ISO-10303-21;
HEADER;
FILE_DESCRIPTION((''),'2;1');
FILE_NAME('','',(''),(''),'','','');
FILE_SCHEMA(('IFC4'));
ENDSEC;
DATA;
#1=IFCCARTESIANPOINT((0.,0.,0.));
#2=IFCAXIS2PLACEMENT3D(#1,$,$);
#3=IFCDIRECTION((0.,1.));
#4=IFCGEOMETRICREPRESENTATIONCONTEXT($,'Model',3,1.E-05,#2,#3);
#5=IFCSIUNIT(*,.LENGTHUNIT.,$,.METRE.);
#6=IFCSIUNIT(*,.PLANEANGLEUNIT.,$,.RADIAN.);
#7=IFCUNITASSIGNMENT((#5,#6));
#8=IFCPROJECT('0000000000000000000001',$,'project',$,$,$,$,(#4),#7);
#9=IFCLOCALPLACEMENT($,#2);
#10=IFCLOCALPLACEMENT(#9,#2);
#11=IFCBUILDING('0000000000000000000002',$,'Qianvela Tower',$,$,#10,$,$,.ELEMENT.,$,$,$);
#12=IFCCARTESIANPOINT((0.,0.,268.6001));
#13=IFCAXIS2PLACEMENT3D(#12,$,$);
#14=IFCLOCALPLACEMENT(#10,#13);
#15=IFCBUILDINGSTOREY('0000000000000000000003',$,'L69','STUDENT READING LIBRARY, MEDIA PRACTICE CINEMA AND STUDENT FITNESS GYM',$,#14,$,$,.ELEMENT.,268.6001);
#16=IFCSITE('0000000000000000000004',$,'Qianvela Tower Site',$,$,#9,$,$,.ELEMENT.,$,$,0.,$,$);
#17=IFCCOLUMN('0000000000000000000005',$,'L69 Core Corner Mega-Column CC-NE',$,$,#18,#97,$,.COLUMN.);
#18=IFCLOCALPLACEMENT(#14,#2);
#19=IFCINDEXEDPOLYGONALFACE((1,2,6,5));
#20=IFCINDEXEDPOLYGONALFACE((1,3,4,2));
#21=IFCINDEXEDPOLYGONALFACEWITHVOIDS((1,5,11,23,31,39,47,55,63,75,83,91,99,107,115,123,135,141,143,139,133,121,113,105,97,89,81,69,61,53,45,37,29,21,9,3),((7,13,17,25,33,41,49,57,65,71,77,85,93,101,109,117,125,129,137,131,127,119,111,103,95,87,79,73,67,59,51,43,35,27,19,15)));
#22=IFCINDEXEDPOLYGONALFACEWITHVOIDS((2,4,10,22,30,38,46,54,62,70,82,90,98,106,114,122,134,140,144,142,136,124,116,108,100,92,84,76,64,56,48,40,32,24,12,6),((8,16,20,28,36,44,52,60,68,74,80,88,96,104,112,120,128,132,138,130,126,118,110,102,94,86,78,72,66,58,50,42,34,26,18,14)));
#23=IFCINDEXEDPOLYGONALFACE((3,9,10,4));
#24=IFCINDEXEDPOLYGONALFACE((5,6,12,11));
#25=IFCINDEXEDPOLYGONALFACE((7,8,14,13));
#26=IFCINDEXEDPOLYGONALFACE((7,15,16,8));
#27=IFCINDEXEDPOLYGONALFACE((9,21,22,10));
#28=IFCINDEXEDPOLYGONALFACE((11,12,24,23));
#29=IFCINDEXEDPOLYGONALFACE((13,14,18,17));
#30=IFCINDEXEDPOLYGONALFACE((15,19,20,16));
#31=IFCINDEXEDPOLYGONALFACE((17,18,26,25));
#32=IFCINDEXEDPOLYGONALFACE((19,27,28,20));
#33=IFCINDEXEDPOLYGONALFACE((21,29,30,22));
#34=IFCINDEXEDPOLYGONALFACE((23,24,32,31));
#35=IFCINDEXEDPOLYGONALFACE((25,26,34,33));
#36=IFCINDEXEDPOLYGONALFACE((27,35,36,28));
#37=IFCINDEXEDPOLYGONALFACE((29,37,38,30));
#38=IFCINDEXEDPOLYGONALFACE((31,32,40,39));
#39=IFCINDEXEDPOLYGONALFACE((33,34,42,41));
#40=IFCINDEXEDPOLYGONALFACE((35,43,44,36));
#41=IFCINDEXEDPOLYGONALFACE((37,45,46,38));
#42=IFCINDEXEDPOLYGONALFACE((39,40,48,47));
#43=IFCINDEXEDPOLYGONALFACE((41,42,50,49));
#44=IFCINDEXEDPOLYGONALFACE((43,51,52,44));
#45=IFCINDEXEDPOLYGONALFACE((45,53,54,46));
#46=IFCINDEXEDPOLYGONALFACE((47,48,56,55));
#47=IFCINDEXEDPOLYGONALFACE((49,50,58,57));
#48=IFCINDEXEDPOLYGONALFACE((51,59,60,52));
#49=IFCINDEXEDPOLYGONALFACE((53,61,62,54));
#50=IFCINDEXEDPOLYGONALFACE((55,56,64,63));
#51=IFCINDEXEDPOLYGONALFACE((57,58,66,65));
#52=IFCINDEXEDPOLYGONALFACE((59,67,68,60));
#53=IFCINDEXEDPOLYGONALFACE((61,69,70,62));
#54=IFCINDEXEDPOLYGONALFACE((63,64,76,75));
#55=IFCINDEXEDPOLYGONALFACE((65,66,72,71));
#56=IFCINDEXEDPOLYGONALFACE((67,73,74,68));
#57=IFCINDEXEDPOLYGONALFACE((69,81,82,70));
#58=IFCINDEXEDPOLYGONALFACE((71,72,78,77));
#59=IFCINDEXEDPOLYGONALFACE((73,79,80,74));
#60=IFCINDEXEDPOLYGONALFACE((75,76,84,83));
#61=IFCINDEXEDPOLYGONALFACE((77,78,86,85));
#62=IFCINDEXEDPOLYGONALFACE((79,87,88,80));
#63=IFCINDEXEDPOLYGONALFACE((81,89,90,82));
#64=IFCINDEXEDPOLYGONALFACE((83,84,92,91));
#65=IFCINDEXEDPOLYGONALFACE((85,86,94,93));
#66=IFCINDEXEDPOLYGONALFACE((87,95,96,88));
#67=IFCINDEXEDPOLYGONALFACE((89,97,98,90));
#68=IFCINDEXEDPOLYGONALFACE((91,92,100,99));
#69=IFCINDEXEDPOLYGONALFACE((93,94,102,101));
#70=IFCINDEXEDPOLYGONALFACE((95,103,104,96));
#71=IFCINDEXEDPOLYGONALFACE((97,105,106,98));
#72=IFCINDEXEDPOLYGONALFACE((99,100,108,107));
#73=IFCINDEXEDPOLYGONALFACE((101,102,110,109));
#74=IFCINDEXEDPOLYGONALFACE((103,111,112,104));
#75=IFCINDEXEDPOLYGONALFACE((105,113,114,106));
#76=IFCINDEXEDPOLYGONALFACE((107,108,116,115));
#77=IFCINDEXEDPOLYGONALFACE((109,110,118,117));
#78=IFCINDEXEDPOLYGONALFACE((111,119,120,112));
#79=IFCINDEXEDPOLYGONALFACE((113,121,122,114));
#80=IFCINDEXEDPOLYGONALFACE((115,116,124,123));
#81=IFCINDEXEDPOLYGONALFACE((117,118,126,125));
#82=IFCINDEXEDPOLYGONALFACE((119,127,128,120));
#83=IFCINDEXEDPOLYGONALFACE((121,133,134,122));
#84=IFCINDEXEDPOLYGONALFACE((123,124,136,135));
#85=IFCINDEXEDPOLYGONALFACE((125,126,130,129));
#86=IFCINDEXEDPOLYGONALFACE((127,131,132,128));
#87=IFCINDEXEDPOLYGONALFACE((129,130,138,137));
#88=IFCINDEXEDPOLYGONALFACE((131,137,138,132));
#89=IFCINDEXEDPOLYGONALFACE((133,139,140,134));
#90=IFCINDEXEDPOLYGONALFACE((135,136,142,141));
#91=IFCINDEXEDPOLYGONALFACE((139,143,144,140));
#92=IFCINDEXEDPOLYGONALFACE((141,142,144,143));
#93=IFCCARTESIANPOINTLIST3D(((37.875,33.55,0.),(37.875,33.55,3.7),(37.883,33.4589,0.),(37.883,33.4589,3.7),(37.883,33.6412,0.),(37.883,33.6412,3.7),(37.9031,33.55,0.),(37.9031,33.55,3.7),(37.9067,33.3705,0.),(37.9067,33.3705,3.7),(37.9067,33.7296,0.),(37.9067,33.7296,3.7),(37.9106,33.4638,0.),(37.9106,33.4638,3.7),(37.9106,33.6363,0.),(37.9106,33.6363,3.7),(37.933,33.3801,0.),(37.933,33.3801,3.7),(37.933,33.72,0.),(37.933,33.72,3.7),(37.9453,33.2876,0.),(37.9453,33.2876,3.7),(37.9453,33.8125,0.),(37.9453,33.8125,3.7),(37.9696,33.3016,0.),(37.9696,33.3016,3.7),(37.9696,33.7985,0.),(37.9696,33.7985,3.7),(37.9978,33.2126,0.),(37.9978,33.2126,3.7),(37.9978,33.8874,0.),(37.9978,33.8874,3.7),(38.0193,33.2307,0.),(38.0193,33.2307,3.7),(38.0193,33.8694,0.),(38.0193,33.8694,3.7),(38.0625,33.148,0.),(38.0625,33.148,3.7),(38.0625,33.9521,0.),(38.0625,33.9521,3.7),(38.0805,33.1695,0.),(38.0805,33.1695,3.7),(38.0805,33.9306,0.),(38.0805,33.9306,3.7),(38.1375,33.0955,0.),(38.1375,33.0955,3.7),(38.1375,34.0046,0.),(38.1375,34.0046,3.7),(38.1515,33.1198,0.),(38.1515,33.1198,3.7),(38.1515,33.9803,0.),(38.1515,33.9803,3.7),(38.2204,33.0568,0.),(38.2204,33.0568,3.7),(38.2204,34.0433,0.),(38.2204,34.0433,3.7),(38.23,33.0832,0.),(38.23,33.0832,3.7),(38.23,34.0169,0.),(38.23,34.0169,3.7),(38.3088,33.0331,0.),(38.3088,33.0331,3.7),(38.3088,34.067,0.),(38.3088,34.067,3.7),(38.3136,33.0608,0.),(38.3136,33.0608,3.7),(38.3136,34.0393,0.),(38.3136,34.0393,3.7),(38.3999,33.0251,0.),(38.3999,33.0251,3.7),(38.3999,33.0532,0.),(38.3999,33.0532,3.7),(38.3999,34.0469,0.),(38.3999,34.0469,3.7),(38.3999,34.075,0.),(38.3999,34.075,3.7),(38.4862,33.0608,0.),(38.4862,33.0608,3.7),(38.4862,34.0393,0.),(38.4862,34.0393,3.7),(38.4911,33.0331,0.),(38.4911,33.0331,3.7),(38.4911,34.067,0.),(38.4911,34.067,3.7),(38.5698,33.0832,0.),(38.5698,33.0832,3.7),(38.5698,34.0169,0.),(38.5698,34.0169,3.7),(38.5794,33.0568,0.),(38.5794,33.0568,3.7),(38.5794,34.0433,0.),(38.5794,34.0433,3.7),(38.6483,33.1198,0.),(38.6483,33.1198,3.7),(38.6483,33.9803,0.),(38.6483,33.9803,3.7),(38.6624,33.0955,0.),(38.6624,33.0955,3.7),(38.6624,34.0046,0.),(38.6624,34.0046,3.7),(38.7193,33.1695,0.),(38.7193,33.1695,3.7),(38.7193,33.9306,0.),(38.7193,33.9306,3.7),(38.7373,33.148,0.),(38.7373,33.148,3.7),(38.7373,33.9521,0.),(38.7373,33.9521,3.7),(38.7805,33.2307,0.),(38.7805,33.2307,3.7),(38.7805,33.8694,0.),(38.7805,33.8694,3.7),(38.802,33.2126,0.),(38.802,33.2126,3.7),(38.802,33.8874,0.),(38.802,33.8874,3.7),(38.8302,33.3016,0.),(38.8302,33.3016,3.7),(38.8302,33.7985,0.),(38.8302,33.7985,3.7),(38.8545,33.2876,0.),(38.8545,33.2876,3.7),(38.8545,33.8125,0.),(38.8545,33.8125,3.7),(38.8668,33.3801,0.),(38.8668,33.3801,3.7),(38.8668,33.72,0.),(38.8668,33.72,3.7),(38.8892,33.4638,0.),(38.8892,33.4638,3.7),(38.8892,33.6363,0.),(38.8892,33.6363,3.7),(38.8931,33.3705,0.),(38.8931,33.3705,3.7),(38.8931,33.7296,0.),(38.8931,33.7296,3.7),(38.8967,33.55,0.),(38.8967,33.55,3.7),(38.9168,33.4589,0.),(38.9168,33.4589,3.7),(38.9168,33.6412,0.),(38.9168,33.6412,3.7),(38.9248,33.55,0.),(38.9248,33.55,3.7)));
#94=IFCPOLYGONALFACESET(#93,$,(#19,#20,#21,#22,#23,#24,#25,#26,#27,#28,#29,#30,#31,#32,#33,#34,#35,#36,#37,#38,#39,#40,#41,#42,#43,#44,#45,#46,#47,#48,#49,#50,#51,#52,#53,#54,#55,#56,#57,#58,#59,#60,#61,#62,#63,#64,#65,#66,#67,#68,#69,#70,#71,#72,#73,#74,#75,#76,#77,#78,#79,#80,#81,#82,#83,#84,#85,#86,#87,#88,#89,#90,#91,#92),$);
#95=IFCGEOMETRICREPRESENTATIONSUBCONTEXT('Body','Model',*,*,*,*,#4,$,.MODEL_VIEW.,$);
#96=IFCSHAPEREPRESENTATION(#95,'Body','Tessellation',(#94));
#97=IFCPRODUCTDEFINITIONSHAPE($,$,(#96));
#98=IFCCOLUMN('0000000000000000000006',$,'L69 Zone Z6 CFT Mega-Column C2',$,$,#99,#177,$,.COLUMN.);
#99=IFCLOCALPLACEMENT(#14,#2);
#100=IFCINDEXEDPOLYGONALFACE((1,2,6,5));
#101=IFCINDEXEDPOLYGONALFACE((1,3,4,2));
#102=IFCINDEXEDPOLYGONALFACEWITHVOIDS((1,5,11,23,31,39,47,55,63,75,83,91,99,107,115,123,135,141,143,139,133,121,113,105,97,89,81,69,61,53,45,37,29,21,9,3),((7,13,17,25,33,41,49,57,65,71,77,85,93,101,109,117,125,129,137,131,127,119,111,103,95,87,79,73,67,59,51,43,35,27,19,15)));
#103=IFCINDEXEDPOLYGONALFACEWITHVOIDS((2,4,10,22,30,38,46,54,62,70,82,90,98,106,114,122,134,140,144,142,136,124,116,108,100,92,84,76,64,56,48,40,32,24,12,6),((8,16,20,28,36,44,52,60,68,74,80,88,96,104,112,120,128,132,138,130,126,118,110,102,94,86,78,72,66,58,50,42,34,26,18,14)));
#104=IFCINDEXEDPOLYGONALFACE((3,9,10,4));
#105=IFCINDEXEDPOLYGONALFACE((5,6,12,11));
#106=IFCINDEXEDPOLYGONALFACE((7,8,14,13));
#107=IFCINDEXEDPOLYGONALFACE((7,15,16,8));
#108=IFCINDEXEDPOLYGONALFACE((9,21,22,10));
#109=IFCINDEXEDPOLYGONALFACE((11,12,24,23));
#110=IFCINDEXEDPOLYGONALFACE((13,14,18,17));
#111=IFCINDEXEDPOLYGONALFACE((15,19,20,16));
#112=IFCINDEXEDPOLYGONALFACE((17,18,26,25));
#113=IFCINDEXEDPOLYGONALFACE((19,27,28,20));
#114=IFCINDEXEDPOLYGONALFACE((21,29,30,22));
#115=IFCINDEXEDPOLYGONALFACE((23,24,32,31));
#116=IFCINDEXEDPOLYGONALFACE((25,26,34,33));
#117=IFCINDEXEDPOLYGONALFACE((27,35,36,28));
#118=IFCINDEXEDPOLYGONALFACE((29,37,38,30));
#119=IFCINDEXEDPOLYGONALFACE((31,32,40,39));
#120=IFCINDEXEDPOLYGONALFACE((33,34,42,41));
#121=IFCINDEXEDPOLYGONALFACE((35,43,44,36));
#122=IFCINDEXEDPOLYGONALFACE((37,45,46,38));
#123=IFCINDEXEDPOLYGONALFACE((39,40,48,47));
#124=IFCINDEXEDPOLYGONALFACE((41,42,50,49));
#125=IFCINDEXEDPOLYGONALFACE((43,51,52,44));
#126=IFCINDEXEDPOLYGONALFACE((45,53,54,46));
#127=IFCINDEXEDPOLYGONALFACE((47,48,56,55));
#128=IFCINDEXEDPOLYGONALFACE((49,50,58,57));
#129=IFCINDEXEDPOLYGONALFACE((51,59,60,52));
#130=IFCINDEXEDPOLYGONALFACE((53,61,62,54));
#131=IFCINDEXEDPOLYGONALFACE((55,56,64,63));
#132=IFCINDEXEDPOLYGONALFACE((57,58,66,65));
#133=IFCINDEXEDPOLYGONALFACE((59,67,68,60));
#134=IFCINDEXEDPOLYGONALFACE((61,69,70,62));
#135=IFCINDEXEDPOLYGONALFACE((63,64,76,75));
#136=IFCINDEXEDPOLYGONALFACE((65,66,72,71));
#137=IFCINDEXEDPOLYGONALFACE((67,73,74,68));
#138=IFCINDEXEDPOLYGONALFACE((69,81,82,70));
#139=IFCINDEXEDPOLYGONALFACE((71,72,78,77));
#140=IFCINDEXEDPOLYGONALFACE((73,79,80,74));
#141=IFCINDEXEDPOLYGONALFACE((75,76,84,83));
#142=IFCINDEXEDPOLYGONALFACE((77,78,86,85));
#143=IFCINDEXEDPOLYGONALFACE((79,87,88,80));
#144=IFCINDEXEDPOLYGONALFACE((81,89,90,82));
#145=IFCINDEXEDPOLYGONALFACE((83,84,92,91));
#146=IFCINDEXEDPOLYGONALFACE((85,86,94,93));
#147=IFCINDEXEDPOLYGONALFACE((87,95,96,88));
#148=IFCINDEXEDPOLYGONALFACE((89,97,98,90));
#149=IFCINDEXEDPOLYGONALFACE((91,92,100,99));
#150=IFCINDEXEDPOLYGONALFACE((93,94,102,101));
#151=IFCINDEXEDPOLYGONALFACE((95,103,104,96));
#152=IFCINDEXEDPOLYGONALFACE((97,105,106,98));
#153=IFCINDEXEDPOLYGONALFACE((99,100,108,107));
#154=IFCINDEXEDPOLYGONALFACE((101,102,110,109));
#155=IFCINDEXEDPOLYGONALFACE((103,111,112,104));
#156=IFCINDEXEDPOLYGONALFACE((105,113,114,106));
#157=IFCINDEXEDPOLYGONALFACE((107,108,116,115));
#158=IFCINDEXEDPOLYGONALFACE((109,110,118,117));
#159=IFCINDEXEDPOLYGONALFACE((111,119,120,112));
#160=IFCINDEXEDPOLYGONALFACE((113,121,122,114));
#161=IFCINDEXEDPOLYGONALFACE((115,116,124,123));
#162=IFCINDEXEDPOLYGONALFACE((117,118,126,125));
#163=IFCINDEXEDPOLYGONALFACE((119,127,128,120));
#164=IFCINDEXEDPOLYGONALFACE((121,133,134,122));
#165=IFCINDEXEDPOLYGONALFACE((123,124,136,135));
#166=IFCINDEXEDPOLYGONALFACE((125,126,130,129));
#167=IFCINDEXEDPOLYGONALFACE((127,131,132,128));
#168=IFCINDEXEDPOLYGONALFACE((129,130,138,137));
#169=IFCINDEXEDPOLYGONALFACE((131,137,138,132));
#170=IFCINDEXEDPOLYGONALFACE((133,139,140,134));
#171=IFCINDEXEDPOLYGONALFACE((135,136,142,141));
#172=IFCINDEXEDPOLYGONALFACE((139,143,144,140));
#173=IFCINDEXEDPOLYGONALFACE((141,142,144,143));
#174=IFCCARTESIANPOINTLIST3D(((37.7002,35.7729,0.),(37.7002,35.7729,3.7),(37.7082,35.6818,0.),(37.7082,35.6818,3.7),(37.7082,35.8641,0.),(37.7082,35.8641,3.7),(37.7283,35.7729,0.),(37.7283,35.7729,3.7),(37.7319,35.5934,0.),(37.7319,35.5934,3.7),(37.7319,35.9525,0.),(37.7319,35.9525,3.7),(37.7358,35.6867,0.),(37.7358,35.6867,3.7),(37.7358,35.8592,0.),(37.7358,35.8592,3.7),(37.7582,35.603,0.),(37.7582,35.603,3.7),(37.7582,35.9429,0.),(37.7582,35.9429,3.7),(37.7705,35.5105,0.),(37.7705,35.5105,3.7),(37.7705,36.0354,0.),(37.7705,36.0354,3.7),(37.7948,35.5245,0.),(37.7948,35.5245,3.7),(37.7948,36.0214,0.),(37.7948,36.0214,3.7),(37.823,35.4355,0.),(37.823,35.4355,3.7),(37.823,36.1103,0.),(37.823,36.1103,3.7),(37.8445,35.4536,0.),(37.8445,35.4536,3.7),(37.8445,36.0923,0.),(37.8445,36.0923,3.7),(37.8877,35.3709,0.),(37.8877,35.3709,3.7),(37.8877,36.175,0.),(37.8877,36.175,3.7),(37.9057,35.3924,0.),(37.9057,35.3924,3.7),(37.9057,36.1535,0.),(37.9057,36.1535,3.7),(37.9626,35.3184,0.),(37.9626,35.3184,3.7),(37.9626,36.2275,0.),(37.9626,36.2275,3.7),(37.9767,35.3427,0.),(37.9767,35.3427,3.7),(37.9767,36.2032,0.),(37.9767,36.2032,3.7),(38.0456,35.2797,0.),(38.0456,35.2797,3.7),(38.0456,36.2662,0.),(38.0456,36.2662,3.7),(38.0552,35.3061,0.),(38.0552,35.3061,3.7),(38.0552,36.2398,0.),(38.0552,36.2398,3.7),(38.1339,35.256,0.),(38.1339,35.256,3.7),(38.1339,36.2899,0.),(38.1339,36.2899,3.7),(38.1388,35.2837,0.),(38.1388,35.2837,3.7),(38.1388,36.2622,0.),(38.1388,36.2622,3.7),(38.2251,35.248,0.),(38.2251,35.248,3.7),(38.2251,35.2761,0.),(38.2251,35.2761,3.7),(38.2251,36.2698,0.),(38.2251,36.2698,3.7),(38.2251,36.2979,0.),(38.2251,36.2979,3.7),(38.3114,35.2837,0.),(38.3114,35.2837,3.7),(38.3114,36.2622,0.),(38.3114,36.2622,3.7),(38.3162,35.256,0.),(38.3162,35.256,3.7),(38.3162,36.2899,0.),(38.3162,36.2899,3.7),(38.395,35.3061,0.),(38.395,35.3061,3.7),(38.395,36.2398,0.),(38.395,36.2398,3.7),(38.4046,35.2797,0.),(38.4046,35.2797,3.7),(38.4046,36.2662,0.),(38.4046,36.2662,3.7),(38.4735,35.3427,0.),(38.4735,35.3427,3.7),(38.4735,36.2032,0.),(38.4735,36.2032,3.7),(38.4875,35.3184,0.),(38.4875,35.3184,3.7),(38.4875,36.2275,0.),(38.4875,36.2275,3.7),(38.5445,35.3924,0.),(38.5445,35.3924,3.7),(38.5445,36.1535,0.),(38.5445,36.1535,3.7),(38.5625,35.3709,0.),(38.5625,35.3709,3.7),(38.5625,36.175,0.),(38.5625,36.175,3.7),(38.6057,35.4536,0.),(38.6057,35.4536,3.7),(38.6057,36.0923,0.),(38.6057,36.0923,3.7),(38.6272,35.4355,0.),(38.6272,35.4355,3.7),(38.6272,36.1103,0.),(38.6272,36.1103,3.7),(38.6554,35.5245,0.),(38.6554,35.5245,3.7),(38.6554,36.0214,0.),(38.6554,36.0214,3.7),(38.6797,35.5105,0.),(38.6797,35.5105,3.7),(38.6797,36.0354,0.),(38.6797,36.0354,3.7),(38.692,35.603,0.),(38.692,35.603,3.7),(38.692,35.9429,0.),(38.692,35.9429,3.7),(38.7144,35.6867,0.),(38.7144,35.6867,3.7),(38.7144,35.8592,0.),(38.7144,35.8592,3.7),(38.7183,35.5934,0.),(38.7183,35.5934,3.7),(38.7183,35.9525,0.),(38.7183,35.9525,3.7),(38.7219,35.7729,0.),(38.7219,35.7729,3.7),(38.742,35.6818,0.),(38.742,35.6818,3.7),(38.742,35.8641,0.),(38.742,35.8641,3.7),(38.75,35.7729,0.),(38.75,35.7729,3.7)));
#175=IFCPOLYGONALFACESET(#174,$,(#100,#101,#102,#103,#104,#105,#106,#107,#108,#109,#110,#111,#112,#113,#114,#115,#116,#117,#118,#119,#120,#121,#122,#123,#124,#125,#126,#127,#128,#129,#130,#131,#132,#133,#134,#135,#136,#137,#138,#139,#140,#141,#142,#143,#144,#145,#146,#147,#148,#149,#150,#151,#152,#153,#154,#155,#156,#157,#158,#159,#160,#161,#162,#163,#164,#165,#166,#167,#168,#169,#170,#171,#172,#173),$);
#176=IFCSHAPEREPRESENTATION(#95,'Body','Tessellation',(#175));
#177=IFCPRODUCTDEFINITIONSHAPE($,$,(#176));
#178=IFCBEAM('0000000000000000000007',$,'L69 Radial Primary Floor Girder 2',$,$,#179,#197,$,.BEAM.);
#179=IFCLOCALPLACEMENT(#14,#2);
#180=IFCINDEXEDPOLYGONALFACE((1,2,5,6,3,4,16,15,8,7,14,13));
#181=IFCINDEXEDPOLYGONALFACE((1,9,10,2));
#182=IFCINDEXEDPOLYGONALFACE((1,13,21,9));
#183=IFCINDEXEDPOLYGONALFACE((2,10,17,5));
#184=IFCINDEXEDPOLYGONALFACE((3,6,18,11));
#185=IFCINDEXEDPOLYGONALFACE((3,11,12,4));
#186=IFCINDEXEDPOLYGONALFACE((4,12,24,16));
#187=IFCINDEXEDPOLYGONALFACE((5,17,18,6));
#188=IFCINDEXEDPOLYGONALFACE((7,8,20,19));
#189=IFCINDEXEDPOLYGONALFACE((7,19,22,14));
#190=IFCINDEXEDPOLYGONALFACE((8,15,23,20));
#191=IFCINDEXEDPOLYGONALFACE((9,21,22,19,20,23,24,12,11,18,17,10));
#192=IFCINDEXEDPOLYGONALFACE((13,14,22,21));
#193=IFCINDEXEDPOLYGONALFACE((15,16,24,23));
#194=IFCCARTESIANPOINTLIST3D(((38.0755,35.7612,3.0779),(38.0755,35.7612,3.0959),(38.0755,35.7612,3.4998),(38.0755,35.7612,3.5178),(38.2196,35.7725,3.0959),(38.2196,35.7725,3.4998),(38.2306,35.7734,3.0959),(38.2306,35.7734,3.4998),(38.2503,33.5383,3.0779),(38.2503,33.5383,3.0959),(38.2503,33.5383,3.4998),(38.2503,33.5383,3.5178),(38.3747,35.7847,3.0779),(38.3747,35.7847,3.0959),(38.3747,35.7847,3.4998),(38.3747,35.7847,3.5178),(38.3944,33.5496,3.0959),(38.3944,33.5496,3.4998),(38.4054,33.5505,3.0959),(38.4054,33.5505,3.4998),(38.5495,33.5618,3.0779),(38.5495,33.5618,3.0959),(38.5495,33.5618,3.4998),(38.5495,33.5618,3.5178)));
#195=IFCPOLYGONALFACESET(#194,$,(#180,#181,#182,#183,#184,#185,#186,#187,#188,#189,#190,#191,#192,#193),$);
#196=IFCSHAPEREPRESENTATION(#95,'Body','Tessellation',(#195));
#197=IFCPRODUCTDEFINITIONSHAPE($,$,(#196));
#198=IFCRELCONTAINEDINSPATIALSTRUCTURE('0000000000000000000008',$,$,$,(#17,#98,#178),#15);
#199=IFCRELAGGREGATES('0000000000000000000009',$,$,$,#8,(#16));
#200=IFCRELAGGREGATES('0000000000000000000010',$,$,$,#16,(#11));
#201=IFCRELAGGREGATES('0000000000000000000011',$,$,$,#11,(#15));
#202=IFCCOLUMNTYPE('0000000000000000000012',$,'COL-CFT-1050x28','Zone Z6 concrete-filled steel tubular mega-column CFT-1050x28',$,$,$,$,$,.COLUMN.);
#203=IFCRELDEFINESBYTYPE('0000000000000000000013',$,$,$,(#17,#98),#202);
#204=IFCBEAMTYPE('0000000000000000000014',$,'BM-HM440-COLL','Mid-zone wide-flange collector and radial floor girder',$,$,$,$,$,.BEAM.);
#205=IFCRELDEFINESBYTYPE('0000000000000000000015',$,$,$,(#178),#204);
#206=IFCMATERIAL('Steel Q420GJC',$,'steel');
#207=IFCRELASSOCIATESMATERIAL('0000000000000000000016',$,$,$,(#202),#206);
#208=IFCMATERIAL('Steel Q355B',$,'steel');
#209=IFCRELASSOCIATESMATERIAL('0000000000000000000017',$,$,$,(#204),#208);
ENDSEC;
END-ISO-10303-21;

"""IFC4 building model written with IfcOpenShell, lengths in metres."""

from ifc_helpers import new_model, si_unit, direction, frame, origin, origin_2d, place, context, subcontext, project, spatial, hollow_circle, i_section, extrude, material, material_profile, profile_set, type_object, element, save


model = new_model("IFC4")

# Units and contexts
model_context = context("Model", 3, precision=1e-05, world=origin(), true_north=direction((0.0, 1.0)))
body_context = subcontext(model_context, "Body", "Model", "MODEL_VIEW")
ifc_project = project(units=[si_unit("LENGTHUNIT", "METRE"), si_unit("PLANEANGLEUNIT", "RADIAN")], contexts=[model_context])

# Site, building, storey
site_placement = place(None, origin())
site = spatial("IfcSite", under=ifc_project, at=site_placement, Name="Qianvela Tower Site", CompositionType="ELEMENT", RefElevation=0.0)
building_placement = place(site_placement, origin())
building = spatial("IfcBuilding", under=site, at=building_placement, Name="Qianvela Tower", CompositionType="ELEMENT")
storey_placement = place(building_placement, frame((0.0, 0.0, 268.6001)))
storey = spatial("IfcBuildingStorey", under=building, at=storey_placement, Name="L69", Description="STUDENT READING LIBRARY, MEDIA PRACTICE CINEMA AND STUDENT FITNESS GYM", CompositionType="ELEMENT", Elevation=268.6001)

# Columns
ifc_material_1 = material(Name="Steel Q420GJC", Category="steel")
ifc_material_profile_1 = material_profile(ifc_material_1, hollow_circle(Radius=0.5249, WallThickness=0.0281, at=origin_2d()), Name="CFT-1050x28")
ifc_profile_set_1 = profile_set([ifc_material_profile_1], Name="Steel Q420GJC")
column_type = type_object("IfcColumnType", Name="COL-CFT-1050x28", Description="Zone Z6 concrete-filled steel tubular mega-column CFT-1050x28", PredefinedType="COLUMN", material=ifc_profile_set_1)
for number, where, z_axis, x_axis, name in (
    (1, (38.3999, 33.55, 0.0), (0.0, 0.0, 1.0), (1.0, 0.0, 0.0), "L69 Core Corner Mega-Column CC-NE"),
    (2, (38.2251, 35.7729, 0.0), (0.0, 0.0, 1.0), (1.0, 0.0, 0.0), "L69 Zone Z6 CFT Mega-Column C2"),
):
    element("IfcColumn", number, at=place(storey_placement, frame(where, z_axis=z_axis, x_axis=x_axis)), inside=storey, type_object=column_type, Name=name, PredefinedType="COLUMN", context=body_context, shape_type="SweptSolid", body=[
        extrude(hollow_circle(Radius=0.5249, WallThickness=0.0281, at=origin_2d()), origin(), (0.0, 0.0, 1.0), 3.7),
    ])

# Beam
ifc_material_2 = material(Name="Steel Q355B", Category="steel")
ifc_material_profile_2 = material_profile(ifc_material_2, i_section(OverallWidth=0.3, OverallDepth=0.4399, WebThickness=0.011, FlangeThickness=0.0181, at=origin_2d()), Name="HM440x300x11x18")
ifc_profile_set_2 = profile_set([ifc_material_profile_2], Name="Steel Q355B")
beam_type_1 = type_object("IfcBeamType", Name="BM-HM440-COLL", Description="Mid-zone wide-flange collector and radial floor girder", PredefinedType="BEAM", material=ifc_profile_set_2)
beam_1_placement = place(storey_placement, frame((38.3999, 33.55, 3.2979), z_axis=(-0.078396, 0.996922, 0.0), x_axis=(-0.996922, -0.078396, 0.0)))
element("IfcBeam", 3, at=beam_1_placement, inside=storey, type_object=beam_type_1, Name="L69 Radial Primary Floor Girder 2", PredefinedType="BEAM", context=body_context, shape_type="SweptSolid", body=[
    extrude(i_section(OverallWidth=0.3, OverallDepth=0.4399, WebThickness=0.011, FlangeThickness=0.0181, at=origin_2d()), origin(), (0.0, 0.0, 1.0), 2.2297),
])

save(model, "model.ifc")
